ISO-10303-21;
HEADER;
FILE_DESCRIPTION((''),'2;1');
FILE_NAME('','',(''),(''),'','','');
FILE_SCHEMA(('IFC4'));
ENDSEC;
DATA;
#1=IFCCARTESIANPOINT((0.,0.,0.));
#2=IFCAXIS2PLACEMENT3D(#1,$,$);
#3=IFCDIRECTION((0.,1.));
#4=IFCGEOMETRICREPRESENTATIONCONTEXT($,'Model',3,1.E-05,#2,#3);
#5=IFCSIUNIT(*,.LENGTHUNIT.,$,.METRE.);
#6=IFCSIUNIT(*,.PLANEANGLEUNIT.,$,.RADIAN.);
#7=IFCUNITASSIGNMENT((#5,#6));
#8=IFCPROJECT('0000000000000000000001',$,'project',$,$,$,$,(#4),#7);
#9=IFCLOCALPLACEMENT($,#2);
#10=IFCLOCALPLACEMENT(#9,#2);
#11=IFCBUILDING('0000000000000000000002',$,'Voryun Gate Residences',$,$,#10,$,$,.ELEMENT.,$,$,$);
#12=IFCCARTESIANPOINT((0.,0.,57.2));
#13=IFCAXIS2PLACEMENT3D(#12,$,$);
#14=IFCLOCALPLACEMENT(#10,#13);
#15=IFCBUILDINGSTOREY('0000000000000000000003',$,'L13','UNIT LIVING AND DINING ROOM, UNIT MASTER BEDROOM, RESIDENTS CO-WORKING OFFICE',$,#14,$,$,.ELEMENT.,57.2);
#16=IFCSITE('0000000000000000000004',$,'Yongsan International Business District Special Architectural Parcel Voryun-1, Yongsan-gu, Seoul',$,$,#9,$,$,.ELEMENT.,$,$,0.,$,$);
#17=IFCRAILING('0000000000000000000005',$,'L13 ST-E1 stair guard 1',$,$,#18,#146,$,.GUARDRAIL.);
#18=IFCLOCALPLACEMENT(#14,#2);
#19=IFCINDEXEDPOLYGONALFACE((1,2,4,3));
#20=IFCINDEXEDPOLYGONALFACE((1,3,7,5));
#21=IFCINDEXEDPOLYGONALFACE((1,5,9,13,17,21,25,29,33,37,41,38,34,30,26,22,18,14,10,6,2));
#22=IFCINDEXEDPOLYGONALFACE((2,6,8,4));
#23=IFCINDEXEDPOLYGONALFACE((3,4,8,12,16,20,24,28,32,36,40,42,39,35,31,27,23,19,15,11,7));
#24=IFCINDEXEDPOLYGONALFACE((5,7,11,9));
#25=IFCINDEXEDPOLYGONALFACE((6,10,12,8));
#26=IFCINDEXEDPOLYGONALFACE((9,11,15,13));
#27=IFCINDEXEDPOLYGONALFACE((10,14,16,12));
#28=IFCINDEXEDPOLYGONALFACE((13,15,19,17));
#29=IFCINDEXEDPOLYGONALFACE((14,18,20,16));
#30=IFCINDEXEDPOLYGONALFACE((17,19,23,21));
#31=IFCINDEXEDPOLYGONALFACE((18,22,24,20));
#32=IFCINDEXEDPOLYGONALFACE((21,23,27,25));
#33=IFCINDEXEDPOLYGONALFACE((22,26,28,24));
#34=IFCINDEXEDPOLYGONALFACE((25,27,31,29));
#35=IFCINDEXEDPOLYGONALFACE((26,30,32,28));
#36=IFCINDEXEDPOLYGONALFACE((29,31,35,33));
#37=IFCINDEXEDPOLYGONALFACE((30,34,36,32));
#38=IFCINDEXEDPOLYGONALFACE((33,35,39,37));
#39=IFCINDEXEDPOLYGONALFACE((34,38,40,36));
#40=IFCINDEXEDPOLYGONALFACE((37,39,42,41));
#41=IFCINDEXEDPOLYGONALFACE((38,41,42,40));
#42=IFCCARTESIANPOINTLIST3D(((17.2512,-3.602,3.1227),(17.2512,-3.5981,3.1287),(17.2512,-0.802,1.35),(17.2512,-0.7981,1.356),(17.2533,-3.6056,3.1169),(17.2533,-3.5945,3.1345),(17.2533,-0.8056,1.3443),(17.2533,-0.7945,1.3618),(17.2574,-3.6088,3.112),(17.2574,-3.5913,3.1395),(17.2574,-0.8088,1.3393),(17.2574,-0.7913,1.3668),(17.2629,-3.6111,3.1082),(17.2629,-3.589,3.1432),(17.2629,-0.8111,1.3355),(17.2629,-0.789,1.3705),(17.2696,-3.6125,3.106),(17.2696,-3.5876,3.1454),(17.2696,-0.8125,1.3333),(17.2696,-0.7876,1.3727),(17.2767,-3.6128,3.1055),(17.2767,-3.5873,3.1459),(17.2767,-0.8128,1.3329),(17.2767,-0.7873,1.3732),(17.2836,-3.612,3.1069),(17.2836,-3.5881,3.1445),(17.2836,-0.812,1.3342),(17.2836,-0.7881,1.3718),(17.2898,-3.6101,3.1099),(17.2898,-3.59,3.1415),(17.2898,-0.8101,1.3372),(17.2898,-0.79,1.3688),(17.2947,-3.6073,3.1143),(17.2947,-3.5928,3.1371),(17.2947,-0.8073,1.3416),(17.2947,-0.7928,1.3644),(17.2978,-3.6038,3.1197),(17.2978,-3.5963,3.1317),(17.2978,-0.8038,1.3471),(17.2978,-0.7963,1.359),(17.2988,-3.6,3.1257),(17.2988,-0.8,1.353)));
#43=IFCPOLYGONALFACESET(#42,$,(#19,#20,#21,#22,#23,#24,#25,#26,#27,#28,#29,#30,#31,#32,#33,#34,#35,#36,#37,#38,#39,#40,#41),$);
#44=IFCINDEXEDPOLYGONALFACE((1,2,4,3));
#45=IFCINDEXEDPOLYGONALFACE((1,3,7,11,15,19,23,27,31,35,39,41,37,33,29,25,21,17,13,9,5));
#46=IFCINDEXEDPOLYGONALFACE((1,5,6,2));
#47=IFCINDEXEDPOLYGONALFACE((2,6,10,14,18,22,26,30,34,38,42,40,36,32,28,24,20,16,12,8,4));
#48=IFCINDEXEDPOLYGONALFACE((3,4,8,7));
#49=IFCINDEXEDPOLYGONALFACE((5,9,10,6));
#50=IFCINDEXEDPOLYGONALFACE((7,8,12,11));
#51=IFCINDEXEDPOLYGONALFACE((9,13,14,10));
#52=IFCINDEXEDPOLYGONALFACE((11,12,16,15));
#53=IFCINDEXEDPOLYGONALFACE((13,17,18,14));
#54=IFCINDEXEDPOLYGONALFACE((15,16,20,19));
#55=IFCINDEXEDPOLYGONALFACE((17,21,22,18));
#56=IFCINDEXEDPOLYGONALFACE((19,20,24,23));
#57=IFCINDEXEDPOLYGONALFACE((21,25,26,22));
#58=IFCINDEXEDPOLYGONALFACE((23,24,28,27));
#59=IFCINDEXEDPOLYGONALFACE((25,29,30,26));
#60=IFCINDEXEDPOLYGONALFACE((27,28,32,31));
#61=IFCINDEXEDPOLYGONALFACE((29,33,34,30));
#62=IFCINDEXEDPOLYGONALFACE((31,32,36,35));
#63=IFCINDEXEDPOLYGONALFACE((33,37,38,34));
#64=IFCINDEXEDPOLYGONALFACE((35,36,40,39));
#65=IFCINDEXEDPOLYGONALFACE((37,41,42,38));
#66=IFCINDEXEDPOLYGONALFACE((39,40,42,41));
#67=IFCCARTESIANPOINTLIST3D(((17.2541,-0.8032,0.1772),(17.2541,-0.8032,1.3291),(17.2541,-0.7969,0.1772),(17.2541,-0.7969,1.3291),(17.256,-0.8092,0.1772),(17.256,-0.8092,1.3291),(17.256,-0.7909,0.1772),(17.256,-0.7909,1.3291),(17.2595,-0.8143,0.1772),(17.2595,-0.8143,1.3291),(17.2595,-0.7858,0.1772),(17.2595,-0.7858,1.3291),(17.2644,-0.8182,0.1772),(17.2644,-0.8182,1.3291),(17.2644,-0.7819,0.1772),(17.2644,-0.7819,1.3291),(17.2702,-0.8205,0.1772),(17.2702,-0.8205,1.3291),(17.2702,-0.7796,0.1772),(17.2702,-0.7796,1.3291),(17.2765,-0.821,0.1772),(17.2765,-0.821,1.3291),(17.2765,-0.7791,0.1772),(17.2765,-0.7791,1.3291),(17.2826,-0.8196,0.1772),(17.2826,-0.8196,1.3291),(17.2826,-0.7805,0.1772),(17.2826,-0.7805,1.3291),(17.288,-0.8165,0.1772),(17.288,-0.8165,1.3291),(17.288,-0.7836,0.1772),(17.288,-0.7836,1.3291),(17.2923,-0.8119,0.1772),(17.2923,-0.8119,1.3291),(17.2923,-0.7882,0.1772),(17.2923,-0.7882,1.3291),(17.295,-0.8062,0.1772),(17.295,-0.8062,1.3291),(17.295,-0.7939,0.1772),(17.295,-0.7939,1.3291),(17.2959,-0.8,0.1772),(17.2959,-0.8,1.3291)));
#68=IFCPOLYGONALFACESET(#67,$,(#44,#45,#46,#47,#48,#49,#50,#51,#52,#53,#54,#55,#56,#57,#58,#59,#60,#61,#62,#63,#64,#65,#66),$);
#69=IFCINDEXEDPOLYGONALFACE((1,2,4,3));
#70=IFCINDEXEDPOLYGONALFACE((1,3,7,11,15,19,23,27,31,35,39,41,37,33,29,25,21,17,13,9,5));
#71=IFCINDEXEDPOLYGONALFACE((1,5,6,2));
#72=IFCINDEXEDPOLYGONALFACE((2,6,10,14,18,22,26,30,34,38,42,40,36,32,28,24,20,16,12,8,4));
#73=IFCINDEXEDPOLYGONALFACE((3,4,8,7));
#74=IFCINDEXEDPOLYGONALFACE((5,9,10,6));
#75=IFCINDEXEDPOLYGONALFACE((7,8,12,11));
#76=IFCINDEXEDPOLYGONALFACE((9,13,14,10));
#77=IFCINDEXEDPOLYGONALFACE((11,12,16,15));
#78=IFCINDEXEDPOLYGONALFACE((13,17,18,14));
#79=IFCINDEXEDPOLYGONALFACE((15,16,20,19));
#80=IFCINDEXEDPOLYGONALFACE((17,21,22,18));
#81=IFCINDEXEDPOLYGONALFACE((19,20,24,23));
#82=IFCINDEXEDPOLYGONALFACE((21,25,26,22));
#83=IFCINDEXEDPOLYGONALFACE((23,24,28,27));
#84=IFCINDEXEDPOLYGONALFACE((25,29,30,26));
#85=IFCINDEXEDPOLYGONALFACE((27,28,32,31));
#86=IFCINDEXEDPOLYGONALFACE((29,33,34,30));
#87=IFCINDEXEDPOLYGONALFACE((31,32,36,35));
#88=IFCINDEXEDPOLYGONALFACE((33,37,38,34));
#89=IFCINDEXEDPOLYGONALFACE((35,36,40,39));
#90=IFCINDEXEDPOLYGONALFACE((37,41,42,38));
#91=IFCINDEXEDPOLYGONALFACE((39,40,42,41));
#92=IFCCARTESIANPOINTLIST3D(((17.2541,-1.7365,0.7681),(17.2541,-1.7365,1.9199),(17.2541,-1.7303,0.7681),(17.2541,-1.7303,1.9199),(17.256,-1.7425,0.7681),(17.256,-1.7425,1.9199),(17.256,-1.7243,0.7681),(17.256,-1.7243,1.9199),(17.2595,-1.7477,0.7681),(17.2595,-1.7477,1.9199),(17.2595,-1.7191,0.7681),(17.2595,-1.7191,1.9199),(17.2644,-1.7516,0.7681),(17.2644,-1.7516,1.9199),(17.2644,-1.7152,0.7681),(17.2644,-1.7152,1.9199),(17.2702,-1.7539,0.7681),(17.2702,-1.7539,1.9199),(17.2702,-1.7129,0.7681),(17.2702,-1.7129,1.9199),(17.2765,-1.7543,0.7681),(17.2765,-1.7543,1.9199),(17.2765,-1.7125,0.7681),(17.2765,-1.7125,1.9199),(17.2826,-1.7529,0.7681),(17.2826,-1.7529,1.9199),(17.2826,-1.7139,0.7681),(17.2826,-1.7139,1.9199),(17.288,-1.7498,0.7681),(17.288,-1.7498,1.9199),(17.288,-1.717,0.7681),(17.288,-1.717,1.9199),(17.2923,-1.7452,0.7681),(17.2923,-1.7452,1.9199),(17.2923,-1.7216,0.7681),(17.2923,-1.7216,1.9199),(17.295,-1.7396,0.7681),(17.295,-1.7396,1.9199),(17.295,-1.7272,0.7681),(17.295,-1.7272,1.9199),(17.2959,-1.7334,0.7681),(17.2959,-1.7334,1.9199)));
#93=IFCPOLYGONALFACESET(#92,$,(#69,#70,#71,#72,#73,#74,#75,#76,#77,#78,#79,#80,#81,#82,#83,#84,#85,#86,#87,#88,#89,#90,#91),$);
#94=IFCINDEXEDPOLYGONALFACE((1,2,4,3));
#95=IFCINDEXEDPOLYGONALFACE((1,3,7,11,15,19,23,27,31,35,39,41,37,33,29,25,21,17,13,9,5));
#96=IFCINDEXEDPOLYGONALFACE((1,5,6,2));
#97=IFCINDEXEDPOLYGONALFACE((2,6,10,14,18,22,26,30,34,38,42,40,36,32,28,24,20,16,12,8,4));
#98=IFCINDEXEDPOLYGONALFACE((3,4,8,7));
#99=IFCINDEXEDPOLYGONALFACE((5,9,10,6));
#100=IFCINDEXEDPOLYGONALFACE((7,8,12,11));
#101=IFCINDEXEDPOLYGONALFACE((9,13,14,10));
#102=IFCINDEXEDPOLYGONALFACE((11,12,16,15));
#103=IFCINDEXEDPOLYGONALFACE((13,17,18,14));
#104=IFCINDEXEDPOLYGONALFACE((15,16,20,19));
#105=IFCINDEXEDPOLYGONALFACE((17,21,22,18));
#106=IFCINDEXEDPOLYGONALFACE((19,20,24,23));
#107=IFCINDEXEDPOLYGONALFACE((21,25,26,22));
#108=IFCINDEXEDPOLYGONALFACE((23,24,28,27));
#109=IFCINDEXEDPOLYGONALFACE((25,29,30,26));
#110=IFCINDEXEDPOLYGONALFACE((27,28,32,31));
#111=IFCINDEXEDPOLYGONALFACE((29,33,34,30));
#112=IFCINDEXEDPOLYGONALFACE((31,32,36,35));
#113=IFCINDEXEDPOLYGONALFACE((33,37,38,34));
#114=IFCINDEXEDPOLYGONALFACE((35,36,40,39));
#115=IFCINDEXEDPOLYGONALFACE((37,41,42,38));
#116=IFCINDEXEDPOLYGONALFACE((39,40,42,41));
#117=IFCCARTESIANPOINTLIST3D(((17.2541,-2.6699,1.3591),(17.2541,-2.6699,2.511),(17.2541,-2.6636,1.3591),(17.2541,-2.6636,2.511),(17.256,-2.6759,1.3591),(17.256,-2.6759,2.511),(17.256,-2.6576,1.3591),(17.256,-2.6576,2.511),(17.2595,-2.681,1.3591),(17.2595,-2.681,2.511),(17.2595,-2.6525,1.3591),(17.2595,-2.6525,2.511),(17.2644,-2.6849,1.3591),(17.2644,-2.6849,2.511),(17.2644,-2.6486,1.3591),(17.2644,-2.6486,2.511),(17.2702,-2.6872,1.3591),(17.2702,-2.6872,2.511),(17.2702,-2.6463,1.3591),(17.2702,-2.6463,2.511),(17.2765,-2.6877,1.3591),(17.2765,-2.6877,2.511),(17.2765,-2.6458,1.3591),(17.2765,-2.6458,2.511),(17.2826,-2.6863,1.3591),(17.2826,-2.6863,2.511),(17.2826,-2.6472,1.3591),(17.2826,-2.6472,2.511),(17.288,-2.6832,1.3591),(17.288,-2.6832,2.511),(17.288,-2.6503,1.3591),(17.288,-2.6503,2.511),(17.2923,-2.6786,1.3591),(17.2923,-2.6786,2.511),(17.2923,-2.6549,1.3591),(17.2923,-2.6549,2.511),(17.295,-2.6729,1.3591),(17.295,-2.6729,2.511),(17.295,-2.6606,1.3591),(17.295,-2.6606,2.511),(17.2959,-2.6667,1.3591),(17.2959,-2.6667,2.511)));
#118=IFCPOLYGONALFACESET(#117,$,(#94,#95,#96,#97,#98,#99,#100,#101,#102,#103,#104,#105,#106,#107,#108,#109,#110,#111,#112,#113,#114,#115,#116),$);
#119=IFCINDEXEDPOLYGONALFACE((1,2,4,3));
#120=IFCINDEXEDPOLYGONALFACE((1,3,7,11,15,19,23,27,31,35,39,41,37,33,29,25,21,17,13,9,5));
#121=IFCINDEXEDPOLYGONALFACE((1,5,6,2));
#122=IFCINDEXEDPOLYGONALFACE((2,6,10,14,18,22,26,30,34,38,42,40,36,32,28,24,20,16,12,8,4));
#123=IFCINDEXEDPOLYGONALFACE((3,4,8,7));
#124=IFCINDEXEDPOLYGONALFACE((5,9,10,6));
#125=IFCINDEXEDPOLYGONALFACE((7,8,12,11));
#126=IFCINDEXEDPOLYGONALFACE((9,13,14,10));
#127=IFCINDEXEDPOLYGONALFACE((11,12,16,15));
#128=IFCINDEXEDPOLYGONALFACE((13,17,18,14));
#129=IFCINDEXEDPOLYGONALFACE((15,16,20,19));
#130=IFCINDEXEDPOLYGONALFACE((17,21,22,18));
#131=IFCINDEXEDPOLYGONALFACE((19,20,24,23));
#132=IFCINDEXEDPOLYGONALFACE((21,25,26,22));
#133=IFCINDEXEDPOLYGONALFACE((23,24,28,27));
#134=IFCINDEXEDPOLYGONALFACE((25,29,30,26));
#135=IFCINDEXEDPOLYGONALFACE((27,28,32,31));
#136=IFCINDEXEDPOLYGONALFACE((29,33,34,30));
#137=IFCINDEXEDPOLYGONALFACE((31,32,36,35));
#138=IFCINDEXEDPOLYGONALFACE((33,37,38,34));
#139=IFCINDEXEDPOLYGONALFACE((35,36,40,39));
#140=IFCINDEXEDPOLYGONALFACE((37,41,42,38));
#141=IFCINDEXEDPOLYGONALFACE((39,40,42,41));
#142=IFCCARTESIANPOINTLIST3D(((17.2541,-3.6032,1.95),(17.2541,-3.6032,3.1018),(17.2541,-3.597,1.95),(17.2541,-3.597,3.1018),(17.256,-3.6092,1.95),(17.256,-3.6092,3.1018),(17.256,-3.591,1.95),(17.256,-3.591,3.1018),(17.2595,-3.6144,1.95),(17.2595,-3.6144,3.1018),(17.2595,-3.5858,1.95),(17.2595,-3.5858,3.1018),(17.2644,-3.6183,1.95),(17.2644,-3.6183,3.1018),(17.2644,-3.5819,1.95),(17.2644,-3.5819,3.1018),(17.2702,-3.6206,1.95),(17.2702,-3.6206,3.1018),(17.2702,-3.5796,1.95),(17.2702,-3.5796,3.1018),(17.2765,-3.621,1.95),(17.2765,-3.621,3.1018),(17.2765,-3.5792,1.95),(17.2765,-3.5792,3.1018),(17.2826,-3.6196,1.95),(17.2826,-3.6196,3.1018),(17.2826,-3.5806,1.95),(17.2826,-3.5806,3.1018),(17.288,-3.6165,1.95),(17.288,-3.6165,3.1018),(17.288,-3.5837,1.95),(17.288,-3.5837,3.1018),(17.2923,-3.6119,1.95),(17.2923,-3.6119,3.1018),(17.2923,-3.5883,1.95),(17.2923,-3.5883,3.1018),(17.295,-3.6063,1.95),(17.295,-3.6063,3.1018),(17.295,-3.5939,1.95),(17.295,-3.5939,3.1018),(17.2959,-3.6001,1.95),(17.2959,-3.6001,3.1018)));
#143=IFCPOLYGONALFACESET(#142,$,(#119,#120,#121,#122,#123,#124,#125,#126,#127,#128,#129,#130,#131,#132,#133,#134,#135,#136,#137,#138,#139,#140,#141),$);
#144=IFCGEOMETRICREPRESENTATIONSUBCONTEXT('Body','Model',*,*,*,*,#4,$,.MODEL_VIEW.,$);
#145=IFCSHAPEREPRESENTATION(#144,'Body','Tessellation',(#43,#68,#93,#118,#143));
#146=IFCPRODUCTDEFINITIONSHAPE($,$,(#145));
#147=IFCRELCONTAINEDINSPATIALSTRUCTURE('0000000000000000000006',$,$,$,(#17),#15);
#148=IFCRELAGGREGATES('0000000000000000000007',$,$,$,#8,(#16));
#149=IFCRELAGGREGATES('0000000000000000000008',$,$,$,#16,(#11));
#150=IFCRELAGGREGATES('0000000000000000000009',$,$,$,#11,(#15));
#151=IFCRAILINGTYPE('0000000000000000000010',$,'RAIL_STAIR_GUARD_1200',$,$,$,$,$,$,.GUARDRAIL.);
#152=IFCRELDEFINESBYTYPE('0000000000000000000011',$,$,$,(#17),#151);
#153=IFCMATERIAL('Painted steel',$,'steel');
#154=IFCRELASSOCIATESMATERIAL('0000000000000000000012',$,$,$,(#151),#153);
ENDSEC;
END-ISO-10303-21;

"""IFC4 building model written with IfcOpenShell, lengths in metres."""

from ifc_helpers import new_model, si_unit, direction, frame, origin, origin_2d, place, context, subcontext, project, spatial, circle, extrude, material, type_object, element, save


model = new_model("IFC4")

# Units and contexts
model_context = context("Model", 3, precision=1e-05, world=origin(), true_north=direction((0.0, 1.0)))
body_context = subcontext(model_context, "Body", "Model", "MODEL_VIEW")
ifc_project = project(units=[si_unit("LENGTHUNIT", "METRE"), si_unit("PLANEANGLEUNIT", "RADIAN")], contexts=[model_context])

# Site, building, storey
site_placement = place(None, origin())
site = spatial("IfcSite", under=ifc_project, at=site_placement, Name="Yongsan International Business District Special Architectural Parcel Voryun-1, Yongsan-gu, Seoul", CompositionType="ELEMENT", RefElevation=0.0)
building_placement = place(site_placement, origin())
building = spatial("IfcBuilding", under=site, at=building_placement, Name="Voryun Gate Residences", CompositionType="ELEMENT")
storey_placement = place(building_placement, frame((0.0, 0.0, 57.2)))
storey = spatial("IfcBuildingStorey", under=building, at=storey_placement, Name="L13", Description="UNIT LIVING AND DINING ROOM, UNIT MASTER BEDROOM, RESIDENTS CO-WORKING OFFICE", CompositionType="ELEMENT", Elevation=57.2)

# Railing
ifc_material_1 = material(Name="Painted steel", Category="steel")
railing_type = type_object("IfcRailingType", Name="RAIL_STAIR_GUARD_1200", PredefinedType="GUARDRAIL", material=ifc_material_1)
railing_1_placement = place(storey_placement, frame((17.2749, -0.8, 0.1772)))
element("IfcRailing", 1, at=railing_1_placement, inside=storey, type_object=railing_type, Name="L13 ST-E1 stair guard 1", PredefinedType="GUARDRAIL", context=body_context, shape_type="SweptSolid", body=[
    extrude(circle(Radius=0.0239, at=origin_2d()), frame((0.0, 0.0, 1.1758), z_axis=(0.0, -0.844909, 0.53491), x_axis=(1.0, 0.0, 0.0)), (0.0, 0.0, 1.0), 3.314),
    extrude(circle(Radius=0.021, at=origin_2d()), origin(), (0.0, 0.0, 1.0), 1.1519),
    extrude(circle(Radius=0.021, at=origin_2d()), frame((0.0, -0.9333, 0.5908)), (0.0, 0.0, 1.0), 1.1519),
    extrude(circle(Radius=0.021, at=origin_2d()), frame((0.0, -1.8667, 1.1819)), (0.0, 0.0, 1.0), 1.1519),
    extrude(circle(Radius=0.021, at=origin_2d()), frame((0.0, -2.8, 1.7727)), (0.0, 0.0, 1.0), 1.1519),
])

save(model, "model.ifc")
